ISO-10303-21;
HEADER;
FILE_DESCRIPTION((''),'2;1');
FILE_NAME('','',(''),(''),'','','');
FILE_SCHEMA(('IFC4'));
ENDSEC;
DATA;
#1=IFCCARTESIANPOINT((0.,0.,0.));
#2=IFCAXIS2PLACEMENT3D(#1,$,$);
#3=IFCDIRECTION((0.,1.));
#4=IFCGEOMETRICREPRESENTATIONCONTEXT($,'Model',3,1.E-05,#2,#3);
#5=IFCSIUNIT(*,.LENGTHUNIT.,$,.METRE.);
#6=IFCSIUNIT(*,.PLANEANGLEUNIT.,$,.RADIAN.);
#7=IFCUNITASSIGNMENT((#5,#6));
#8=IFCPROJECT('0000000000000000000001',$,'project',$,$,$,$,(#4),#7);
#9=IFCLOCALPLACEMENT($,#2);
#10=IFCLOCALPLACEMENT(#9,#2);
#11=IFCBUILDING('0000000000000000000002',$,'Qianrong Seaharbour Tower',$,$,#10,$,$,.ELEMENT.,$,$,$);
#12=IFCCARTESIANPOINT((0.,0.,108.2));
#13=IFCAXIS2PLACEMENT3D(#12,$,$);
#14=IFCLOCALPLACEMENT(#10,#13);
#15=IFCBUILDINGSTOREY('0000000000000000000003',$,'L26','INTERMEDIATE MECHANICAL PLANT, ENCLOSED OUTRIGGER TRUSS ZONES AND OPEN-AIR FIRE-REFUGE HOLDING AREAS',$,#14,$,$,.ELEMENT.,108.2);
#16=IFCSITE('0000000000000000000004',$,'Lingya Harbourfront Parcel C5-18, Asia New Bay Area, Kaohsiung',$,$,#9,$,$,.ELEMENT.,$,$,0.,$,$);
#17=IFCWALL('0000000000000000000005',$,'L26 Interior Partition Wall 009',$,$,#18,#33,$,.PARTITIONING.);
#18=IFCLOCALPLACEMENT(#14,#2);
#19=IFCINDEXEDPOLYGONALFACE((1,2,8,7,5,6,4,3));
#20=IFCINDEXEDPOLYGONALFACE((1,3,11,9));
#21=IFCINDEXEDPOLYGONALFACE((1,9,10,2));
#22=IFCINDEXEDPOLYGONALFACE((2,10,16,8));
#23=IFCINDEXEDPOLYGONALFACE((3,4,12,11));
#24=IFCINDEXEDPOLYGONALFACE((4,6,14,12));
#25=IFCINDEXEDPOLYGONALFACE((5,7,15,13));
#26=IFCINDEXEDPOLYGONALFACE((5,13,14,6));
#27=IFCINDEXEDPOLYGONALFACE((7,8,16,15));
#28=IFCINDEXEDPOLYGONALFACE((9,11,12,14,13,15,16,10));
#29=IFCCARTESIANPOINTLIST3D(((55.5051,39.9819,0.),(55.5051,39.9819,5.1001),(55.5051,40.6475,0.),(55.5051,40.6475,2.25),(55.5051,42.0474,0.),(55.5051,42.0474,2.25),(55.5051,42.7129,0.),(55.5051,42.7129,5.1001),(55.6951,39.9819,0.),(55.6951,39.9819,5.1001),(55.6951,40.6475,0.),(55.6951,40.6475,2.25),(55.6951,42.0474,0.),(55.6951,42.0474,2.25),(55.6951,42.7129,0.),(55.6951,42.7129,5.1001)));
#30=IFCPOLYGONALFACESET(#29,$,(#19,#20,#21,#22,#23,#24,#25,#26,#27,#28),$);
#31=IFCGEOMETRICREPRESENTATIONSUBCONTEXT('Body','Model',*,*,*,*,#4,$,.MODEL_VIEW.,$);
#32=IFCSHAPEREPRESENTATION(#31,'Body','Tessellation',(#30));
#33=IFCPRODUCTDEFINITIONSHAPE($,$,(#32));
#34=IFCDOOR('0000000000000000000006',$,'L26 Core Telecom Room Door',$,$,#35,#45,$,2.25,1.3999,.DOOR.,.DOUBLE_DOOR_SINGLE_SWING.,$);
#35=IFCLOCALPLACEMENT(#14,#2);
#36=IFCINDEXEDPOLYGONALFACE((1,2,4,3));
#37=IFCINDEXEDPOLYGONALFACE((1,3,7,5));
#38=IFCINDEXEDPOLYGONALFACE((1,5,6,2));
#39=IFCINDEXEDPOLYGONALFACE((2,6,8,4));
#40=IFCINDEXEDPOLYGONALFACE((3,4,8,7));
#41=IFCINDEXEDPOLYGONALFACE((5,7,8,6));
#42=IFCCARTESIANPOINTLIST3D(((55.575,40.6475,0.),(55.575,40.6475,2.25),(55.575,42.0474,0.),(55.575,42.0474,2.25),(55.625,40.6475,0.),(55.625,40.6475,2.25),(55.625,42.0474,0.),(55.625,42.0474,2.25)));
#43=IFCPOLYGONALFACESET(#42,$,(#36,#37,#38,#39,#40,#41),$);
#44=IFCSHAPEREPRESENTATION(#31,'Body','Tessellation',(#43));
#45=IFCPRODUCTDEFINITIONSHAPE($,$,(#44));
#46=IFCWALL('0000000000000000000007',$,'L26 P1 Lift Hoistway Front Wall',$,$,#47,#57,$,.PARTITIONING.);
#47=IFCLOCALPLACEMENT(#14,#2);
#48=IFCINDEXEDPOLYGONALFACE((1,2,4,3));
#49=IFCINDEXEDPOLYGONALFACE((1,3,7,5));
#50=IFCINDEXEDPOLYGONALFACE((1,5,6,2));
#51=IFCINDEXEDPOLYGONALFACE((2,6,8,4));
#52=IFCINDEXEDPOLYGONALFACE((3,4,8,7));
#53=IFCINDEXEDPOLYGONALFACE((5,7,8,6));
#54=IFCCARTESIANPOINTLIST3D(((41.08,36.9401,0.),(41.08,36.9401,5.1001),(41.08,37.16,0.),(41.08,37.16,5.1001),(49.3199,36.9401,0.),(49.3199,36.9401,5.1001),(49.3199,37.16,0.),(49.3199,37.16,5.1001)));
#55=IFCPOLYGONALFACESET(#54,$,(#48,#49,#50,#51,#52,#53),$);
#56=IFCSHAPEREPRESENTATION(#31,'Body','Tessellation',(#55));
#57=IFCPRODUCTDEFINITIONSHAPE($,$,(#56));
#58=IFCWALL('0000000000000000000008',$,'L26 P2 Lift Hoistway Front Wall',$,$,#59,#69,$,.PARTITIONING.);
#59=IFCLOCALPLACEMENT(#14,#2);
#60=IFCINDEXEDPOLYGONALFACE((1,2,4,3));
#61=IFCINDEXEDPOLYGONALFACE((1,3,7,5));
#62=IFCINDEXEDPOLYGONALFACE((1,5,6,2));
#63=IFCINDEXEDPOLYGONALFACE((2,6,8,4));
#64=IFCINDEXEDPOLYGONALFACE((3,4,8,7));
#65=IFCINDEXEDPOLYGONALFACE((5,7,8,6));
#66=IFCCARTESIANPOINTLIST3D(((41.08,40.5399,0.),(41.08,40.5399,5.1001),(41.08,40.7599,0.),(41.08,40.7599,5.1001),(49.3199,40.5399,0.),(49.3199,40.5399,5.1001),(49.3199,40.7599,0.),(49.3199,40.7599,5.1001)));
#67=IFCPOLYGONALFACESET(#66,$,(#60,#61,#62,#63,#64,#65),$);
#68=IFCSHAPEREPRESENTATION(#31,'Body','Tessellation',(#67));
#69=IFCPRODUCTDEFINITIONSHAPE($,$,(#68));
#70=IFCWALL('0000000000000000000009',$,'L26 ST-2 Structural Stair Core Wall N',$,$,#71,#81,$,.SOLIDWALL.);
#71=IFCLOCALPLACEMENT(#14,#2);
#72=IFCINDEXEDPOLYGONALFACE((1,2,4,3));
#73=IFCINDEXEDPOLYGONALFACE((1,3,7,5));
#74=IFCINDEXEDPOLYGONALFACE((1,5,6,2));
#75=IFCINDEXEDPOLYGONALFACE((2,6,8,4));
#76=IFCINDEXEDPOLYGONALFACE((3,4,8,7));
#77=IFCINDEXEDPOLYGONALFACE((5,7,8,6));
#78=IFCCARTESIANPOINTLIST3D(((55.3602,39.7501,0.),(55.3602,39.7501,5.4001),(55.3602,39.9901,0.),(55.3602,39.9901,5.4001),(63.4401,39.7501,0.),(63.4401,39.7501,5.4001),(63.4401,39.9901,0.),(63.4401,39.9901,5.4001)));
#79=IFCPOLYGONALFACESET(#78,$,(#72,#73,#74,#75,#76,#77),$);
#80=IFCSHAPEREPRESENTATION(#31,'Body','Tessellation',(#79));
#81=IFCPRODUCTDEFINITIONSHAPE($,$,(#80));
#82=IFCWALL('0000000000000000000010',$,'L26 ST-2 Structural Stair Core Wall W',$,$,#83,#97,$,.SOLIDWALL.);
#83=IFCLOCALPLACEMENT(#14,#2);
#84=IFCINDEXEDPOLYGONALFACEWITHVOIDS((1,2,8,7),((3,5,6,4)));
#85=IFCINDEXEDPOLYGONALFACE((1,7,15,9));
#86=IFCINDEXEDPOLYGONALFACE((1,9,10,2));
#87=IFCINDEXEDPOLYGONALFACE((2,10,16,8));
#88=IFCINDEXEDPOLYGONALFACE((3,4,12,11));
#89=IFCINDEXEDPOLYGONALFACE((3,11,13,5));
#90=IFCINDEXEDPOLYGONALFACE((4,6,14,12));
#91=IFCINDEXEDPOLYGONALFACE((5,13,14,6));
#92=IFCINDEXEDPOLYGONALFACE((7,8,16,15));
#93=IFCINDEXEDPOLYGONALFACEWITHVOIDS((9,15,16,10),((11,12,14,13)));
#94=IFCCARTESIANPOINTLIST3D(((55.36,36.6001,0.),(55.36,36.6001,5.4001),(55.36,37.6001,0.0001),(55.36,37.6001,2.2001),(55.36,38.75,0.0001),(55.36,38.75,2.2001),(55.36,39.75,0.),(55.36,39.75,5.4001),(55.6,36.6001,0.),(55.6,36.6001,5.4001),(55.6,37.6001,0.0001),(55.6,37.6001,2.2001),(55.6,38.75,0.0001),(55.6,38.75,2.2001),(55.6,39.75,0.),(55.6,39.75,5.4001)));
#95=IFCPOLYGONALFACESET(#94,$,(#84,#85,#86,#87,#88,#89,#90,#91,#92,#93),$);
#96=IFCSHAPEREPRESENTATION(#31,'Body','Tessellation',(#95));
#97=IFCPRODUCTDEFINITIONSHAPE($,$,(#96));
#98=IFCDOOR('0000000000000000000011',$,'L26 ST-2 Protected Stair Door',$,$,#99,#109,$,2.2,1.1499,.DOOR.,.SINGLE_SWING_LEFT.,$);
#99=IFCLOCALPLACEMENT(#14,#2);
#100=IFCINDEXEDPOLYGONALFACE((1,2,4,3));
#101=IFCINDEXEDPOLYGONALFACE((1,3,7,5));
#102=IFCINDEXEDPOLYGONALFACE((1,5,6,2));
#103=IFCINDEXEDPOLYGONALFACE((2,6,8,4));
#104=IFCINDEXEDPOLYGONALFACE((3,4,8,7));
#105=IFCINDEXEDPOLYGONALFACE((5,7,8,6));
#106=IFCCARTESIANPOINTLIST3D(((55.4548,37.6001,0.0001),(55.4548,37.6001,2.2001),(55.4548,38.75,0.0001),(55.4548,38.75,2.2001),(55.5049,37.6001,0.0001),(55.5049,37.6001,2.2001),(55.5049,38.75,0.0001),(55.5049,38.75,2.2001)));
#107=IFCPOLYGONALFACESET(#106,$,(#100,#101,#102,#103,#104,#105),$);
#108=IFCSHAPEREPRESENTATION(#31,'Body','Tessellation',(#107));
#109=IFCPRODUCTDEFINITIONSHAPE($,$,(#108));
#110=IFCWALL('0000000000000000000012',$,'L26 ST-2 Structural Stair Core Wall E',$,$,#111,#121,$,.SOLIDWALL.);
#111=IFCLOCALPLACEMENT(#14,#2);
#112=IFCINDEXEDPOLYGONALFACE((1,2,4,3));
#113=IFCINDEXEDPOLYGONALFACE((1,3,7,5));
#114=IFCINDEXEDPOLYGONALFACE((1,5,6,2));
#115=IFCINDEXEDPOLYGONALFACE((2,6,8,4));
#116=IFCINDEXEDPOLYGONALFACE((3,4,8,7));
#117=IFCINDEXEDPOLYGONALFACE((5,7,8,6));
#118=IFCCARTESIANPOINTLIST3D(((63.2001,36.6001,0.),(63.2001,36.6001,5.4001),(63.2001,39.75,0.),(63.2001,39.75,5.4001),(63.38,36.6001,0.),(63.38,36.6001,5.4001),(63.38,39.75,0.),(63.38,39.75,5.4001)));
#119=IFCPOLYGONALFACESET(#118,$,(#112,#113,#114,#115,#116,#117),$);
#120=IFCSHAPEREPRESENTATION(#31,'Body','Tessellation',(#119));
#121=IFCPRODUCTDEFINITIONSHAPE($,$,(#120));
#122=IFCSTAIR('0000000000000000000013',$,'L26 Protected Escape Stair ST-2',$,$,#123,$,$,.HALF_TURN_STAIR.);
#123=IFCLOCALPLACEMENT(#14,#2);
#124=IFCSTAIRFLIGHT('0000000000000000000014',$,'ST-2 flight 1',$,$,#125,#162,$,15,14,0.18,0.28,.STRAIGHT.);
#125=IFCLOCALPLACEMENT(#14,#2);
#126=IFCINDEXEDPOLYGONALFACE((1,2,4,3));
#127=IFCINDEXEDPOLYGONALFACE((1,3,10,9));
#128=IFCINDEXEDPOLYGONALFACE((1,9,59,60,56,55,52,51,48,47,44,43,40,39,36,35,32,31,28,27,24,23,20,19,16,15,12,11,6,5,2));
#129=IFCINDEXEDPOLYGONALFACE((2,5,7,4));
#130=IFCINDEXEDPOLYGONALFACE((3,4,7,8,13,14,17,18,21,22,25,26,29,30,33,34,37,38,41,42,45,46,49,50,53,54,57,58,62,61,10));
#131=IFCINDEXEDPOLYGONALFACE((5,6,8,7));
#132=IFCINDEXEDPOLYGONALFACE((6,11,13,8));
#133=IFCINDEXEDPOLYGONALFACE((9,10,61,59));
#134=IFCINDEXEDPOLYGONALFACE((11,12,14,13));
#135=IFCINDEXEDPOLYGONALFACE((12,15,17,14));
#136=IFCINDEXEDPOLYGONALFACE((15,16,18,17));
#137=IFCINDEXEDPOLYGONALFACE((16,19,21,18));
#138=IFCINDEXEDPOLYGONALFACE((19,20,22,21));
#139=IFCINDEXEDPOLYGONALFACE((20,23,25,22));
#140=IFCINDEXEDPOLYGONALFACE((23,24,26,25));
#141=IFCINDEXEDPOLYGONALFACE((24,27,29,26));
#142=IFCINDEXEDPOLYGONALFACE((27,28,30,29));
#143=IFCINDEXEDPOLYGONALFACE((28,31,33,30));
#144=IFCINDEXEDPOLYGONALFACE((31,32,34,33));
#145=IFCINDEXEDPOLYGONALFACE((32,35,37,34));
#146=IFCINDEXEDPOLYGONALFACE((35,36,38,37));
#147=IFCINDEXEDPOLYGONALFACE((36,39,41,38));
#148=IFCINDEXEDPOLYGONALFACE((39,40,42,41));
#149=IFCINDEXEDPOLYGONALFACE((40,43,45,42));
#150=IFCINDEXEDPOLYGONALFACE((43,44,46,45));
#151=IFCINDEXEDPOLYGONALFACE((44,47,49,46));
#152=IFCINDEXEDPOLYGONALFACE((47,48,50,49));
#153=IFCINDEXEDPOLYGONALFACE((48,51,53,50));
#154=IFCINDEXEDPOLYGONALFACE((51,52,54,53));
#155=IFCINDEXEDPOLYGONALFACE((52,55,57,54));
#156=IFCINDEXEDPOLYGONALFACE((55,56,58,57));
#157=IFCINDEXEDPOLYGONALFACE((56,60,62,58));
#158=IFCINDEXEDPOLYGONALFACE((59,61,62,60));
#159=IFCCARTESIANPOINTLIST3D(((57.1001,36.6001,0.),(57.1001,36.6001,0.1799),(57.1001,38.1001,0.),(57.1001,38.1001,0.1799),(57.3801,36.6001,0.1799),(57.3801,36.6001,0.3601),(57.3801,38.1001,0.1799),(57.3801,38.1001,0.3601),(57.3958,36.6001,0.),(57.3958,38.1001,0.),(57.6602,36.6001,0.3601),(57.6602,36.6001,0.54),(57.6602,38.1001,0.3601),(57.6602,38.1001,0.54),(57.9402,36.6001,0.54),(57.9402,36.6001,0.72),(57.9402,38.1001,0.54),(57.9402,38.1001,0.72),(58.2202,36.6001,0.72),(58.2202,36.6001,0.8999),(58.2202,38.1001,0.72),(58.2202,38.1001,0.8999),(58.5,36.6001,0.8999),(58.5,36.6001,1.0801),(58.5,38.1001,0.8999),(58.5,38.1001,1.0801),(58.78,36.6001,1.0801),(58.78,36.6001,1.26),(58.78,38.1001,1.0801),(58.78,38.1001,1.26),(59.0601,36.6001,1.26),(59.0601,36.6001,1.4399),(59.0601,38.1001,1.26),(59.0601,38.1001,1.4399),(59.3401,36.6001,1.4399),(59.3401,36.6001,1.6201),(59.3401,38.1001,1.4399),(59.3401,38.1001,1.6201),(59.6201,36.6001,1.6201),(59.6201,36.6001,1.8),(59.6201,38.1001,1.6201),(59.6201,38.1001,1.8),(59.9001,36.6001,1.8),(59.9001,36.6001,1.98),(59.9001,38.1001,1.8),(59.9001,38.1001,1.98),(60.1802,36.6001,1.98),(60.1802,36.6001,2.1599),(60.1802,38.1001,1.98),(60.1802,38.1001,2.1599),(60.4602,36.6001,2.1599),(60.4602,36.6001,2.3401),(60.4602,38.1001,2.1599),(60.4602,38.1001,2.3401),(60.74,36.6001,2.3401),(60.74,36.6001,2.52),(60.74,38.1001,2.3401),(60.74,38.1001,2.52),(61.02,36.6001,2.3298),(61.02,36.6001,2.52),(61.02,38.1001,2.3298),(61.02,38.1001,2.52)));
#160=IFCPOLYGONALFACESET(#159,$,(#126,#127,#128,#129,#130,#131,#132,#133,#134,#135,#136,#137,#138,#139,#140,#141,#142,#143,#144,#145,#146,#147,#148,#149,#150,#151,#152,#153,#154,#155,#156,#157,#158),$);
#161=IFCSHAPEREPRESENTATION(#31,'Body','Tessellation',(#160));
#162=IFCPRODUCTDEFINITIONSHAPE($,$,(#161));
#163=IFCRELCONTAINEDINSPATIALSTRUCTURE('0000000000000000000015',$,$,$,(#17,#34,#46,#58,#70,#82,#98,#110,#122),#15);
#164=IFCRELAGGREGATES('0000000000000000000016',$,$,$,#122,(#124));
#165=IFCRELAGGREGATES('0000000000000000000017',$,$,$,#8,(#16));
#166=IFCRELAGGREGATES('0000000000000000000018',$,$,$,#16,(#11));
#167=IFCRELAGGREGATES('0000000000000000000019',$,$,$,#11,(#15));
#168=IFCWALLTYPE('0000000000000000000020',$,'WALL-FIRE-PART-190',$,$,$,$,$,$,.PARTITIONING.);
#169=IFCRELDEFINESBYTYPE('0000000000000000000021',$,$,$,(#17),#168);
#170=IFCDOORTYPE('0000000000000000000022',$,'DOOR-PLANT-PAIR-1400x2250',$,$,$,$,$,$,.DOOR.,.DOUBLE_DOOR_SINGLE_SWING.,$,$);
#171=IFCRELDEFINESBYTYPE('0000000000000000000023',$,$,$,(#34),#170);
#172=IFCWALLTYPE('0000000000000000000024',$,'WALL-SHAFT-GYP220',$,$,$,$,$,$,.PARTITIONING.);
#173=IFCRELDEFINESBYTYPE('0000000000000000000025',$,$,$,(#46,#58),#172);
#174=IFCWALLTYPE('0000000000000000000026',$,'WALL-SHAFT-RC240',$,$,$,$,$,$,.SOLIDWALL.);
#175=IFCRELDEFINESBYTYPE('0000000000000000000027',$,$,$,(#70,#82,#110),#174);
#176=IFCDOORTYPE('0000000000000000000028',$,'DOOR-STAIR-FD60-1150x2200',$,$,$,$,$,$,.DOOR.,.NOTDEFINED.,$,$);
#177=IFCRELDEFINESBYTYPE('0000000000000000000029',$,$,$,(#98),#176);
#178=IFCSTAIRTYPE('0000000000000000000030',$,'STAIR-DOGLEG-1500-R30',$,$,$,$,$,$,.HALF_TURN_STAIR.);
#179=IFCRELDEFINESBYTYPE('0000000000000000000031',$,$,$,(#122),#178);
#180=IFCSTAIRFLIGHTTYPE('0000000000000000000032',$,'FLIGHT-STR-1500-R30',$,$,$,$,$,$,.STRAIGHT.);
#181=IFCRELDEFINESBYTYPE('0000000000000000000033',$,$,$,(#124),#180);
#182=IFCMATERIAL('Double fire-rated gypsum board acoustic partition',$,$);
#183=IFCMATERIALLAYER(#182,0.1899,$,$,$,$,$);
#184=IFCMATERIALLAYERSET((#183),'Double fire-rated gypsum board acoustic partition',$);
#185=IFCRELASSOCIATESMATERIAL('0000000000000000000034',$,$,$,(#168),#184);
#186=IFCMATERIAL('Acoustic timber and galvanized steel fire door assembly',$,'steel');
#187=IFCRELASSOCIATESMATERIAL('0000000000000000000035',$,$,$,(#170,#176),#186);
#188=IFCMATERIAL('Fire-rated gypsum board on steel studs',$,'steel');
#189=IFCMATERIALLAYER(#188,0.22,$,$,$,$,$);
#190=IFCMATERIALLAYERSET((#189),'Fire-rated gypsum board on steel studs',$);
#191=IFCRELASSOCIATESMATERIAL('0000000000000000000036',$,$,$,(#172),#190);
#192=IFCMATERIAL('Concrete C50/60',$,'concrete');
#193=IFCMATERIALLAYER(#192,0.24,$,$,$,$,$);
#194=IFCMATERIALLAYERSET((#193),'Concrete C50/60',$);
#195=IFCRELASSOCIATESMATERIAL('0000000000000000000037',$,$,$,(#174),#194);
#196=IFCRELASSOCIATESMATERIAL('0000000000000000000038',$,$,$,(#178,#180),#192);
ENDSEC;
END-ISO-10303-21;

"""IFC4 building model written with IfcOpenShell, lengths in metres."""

from ifc_helpers import new_model, si_unit, direction, frame, frame_2d, origin, place, context, subcontext, project, spatial, polyline, rectangle, outline, extrude, material, layer, layer_set, type_object, element, fill, aggregate, save


model = new_model("IFC4")

# Units and contexts
model_context = context("Model", 3, precision=1e-05, world=origin(), true_north=direction((0.0, 1.0)))
body_context = subcontext(model_context, "Body", "Model", "MODEL_VIEW")
ifc_project = project(units=[si_unit("LENGTHUNIT", "METRE"), si_unit("PLANEANGLEUNIT", "RADIAN")], contexts=[model_context])

# Site, building, storey
site_placement = place(None, origin())
site = spatial("IfcSite", under=ifc_project, at=site_placement, Name="Lingya Harbourfront Parcel C5-18, Asia New Bay Area, Kaohsiung", CompositionType="ELEMENT", RefElevation=0.0)
building_placement = place(site_placement, origin())
building = spatial("IfcBuilding", under=site, at=building_placement, Name="Qianrong Seaharbour Tower", CompositionType="ELEMENT")
storey_placement = place(building_placement, frame((0.0, 0.0, 108.2)))
storey = spatial("IfcBuildingStorey", under=building, at=storey_placement, Name="L26", Description="INTERMEDIATE MECHANICAL PLANT, ENCLOSED OUTRIGGER TRUSS ZONES AND OPEN-AIR FIRE-REFUGE HOLDING AREAS", CompositionType="ELEMENT", Elevation=108.2)

# Wall, opening, door
ifc_material_1 = material(Name="Double fire-rated gypsum board acoustic partition")
ifc_layer_1 = layer(ifc_material_1, 0.1899)
ifc_layer_set_1 = layer_set([ifc_layer_1], Name="Double fire-rated gypsum board acoustic partition")
wall_type_1 = type_object("IfcWallType", Name="WALL-FIRE-PART-190", PredefinedType="PARTITIONING", material=ifc_layer_set_1)
wall_1_placement = place(storey_placement, frame((55.6001, 42.7129, 0.0), z_axis=(0.0, 0.0, 1.0), x_axis=(0.0, -1.0, 0.0)))
wall_1 = element("IfcWall", 1, at=wall_1_placement, inside=storey, type_object=wall_type_1, Name="L26 Interior Partition Wall 009", PredefinedType="PARTITIONING", context=body_context, shape_type="SweptSolid", body=[
    extrude(rectangle(XDim=2.731, YDim=0.1899, at=frame_2d((1.3655, 0.0))), origin(), (0.0, 0.0, 1.0), 5.1001),
])
opening_1_placement = place(wall_1_placement, frame((0.6655, 0.0, 0.0)))
opening_1 = element("IfcOpeningElement", 2, at=opening_1_placement, cuts=wall_1, PredefinedType="OPENING", context=body_context, shape_type="SweptSolid", body=[
    extrude(rectangle(XDim=1.3999, YDim=2.25, at=frame_2d((0.7, 1.125))), frame((0.0, 0.105, 0.0), z_axis=(0.0, -1.0, 0.0), x_axis=(1.0, 0.0, 0.0)), (0.0, 0.0, 1.0), 0.21),
])
ifc_material_2 = material(Name="Acoustic timber and galvanized steel fire door assembly", Category="steel")
door_type_1 = type_object("IfcDoorType", Name="DOOR-PLANT-PAIR-1400x2250", OperationType="DOUBLE_DOOR_SINGLE_SWING", PredefinedType="DOOR", material=ifc_material_2)
door_1_placement = place(opening_1_placement, origin())
door_1 = element("IfcDoor", 3, at=door_1_placement, inside=storey, type_object=door_type_1, Name="L26 Core Telecom Room Door", OperationType="DOUBLE_DOOR_SINGLE_SWING", OverallHeight=2.25, OverallWidth=1.3999, PredefinedType="DOOR", context=body_context, shape_type="SweptSolid", body=[
    extrude(rectangle(XDim=1.3999, YDim=2.25, at=frame_2d((0.7, 1.125))), frame((0.0, 0.0249, 0.0), z_axis=(0.0, -1.0, 0.0), x_axis=(1.0, 0.0, 0.0)), (0.0, 0.0, 1.0), 0.05),
])
fill(opening_1, door_1)

# Walls
ifc_material_3 = material(Name="Fire-rated gypsum board on steel studs", Category="steel")
ifc_layer_2 = layer(ifc_material_3, 0.22)
ifc_layer_set_2 = layer_set([ifc_layer_2], Name="Fire-rated gypsum board on steel studs")
wall_type_2 = type_object("IfcWallType", Name="WALL-SHAFT-GYP220", PredefinedType="PARTITIONING", material=ifc_layer_set_2)
for number, where, z_axis, x_axis, name in (
    (4, (49.3201, 37.05, 0.0), (0.0, 0.0, 1.0), (-1.0, 0.0, 0.0), "L26 P1 Lift Hoistway Front Wall"),
    (5, (49.3201, 40.6499, 0.0), (0.0, 0.0, 1.0), (-1.0, 0.0, 0.0), "L26 P2 Lift Hoistway Front Wall"),
):
    element("IfcWall", number, at=place(storey_placement, frame(where, z_axis=z_axis, x_axis=x_axis)), inside=storey, type_object=wall_type_2, Name=name, PredefinedType="PARTITIONING", context=body_context, shape_type="SweptSolid", body=[
        extrude(rectangle(XDim=8.24, YDim=0.22, at=frame_2d((4.1201, 0.0))), origin(), (0.0, 0.0, 1.0), 5.1001),
    ])
ifc_material_4 = material(Name="Concrete C50/60", Category="concrete")
ifc_layer_3 = layer(ifc_material_4, 0.24)
ifc_layer_set_3 = layer_set([ifc_layer_3], Name="Concrete C50/60")
wall_type_3 = type_object("IfcWallType", Name="WALL-SHAFT-RC240", PredefinedType="SOLIDWALL", material=ifc_layer_set_3)
wall_2_placement = place(storey_placement, frame((55.3601, 39.8701, 0.0), z_axis=(0.0, 0.0, 1.0), x_axis=(1.0, 0.0, 0.0)))
element("IfcWall", 6, at=wall_2_placement, inside=storey, type_object=wall_type_3, Name="L26 ST-2 Structural Stair Core Wall N", PredefinedType="SOLIDWALL", context=body_context, shape_type="SweptSolid", body=[
    extrude(rectangle(XDim=8.0798, YDim=0.24, at=frame_2d((4.04, 0.0))), origin(), (0.0, 0.0, 1.0), 5.4001),
])

# Wall, opening, door
wall_3_placement = place(storey_placement, frame((55.48, 39.75, 0.0), z_axis=(0.0, 0.0, 1.0), x_axis=(0.0, -1.0, 0.0)))
wall_3 = element("IfcWall", 7, at=wall_3_placement, inside=storey, type_object=wall_type_3, Name="L26 ST-2 Structural Stair Core Wall W", PredefinedType="SOLIDWALL", context=body_context, shape_type="SweptSolid", body=[
    extrude(rectangle(XDim=3.1499, YDim=0.24, at=frame_2d((1.575, 0.0))), origin(), (0.0, 0.0, 1.0), 5.4001),
])
opening_2_placement = place(wall_3_placement, frame((1.0, 0.0, 0.0)))
opening_2 = element("IfcOpeningElement", 8, at=opening_2_placement, cuts=wall_3, PredefinedType="OPENING", context=body_context, shape_type="SweptSolid", body=[
    extrude(rectangle(XDim=1.1499, YDim=2.2, at=frame_2d((0.575, 1.1001))), frame((0.0, 0.1299, 0.0), z_axis=(0.0, -1.0, 0.0), x_axis=(1.0, 0.0, 0.0)), (0.0, 0.0, 1.0), 0.26),
])
door_type_2 = type_object("IfcDoorType", Name="DOOR-STAIR-FD60-1150x2200", OperationType="NOTDEFINED", PredefinedType="DOOR", material=ifc_material_2)
door_2_placement = place(opening_2_placement, origin())
door_2 = element("IfcDoor", 9, at=door_2_placement, inside=storey, type_object=door_type_2, Name="L26 ST-2 Protected Stair Door", OperationType="SINGLE_SWING_LEFT", OverallHeight=2.2, OverallWidth=1.1499, PredefinedType="DOOR", context=body_context, shape_type="SweptSolid", body=[
    extrude(rectangle(XDim=1.1499, YDim=2.2, at=frame_2d((0.575, 1.1001))), frame((0.0, 0.0249, 0.0), z_axis=(0.0, -1.0, 0.0), x_axis=(1.0, 0.0, 0.0)), (0.0, 0.0, 1.0), 0.05),
])
fill(opening_2, door_2)

# Wall
wall_4_placement = place(storey_placement, frame((63.29, 36.6001, 0.0), z_axis=(0.0, 0.0, 1.0), x_axis=(0.0, 1.0, 0.0)))
element("IfcWall", 10, at=wall_4_placement, inside=storey, type_object=wall_type_3, Name="L26 ST-2 Structural Stair Core Wall E", PredefinedType="SOLIDWALL", context=body_context, shape_type="SweptSolid", body=[
    extrude(rectangle(XDim=3.1499, YDim=0.1799, at=frame_2d((1.575, 0.0))), origin(), (0.0, 0.0, 1.0), 5.4001),
])

# Stair, stair flight
stair_type = type_object("IfcStairType", Name="STAIR-DOGLEG-1500-R30", PredefinedType="HALF_TURN_STAIR", material=ifc_material_4)
stair_placement = place(storey_placement, origin())
stair = element("IfcStair", 11, at=stair_placement, inside=storey, type_object=stair_type, Name="L26 Protected Escape Stair ST-2", PredefinedType="HALF_TURN_STAIR")
stair_flight_type = type_object("IfcStairFlightType", Name="FLIGHT-STR-1500-R30", PredefinedType="STRAIGHT", material=ifc_material_4)
stair_flight_1_placement = place(storey_placement, frame((57.1001, 37.3501, 0.0), z_axis=(0.0, 0.0, 1.0), x_axis=(1.0, 0.0, 0.0)))
stair_flight_1 = element("IfcStairFlight", 12, at=stair_flight_1_placement, type_object=stair_flight_type, Name="ST-2 flight 1", NumberOfRisers=15, NumberOfTreads=14, PredefinedType="STRAIGHT", RiserHeight=0.18, TreadLength=0.28, context=body_context, shape_type="SweptSolid", body=[
    extrude(outline(polyline([(0.0, 0.0), (0.0, 0.1799), (0.28, 0.1799), (0.28, 0.3601), (0.5601, 0.3601), (0.5601, 0.54), (0.8401, 0.54), (0.8401, 0.72), (1.1201, 0.72), (1.1201, 0.8999), (1.3999, 0.8999), (1.3999, 1.0801), (1.6799, 1.0801), (1.6799, 1.26), (1.96, 1.26), (1.96, 1.4399), (2.24, 1.4399), (2.24, 1.6201), (2.52, 1.6201), (2.52, 1.8), (2.8, 1.8), (2.8, 1.98), (3.0801, 1.98), (3.0801, 2.1599), (3.3601, 2.1599), (3.3601, 2.3401), (3.6399, 2.3401), (3.6399, 2.52), (3.9199, 2.52), (3.9199, 2.7), (3.9199, 2.3298), (0.2957, 0.0), (0.0, 0.0)])), frame((0.0, 0.75, 0.0), z_axis=(0.0, -1.0, 0.0), x_axis=(1.0, 0.0, 0.0)), (0.0, 0.0, 1.0), 1.5),
])
aggregate(stair, [stair_flight_1])

save(model, "model.ifc")
